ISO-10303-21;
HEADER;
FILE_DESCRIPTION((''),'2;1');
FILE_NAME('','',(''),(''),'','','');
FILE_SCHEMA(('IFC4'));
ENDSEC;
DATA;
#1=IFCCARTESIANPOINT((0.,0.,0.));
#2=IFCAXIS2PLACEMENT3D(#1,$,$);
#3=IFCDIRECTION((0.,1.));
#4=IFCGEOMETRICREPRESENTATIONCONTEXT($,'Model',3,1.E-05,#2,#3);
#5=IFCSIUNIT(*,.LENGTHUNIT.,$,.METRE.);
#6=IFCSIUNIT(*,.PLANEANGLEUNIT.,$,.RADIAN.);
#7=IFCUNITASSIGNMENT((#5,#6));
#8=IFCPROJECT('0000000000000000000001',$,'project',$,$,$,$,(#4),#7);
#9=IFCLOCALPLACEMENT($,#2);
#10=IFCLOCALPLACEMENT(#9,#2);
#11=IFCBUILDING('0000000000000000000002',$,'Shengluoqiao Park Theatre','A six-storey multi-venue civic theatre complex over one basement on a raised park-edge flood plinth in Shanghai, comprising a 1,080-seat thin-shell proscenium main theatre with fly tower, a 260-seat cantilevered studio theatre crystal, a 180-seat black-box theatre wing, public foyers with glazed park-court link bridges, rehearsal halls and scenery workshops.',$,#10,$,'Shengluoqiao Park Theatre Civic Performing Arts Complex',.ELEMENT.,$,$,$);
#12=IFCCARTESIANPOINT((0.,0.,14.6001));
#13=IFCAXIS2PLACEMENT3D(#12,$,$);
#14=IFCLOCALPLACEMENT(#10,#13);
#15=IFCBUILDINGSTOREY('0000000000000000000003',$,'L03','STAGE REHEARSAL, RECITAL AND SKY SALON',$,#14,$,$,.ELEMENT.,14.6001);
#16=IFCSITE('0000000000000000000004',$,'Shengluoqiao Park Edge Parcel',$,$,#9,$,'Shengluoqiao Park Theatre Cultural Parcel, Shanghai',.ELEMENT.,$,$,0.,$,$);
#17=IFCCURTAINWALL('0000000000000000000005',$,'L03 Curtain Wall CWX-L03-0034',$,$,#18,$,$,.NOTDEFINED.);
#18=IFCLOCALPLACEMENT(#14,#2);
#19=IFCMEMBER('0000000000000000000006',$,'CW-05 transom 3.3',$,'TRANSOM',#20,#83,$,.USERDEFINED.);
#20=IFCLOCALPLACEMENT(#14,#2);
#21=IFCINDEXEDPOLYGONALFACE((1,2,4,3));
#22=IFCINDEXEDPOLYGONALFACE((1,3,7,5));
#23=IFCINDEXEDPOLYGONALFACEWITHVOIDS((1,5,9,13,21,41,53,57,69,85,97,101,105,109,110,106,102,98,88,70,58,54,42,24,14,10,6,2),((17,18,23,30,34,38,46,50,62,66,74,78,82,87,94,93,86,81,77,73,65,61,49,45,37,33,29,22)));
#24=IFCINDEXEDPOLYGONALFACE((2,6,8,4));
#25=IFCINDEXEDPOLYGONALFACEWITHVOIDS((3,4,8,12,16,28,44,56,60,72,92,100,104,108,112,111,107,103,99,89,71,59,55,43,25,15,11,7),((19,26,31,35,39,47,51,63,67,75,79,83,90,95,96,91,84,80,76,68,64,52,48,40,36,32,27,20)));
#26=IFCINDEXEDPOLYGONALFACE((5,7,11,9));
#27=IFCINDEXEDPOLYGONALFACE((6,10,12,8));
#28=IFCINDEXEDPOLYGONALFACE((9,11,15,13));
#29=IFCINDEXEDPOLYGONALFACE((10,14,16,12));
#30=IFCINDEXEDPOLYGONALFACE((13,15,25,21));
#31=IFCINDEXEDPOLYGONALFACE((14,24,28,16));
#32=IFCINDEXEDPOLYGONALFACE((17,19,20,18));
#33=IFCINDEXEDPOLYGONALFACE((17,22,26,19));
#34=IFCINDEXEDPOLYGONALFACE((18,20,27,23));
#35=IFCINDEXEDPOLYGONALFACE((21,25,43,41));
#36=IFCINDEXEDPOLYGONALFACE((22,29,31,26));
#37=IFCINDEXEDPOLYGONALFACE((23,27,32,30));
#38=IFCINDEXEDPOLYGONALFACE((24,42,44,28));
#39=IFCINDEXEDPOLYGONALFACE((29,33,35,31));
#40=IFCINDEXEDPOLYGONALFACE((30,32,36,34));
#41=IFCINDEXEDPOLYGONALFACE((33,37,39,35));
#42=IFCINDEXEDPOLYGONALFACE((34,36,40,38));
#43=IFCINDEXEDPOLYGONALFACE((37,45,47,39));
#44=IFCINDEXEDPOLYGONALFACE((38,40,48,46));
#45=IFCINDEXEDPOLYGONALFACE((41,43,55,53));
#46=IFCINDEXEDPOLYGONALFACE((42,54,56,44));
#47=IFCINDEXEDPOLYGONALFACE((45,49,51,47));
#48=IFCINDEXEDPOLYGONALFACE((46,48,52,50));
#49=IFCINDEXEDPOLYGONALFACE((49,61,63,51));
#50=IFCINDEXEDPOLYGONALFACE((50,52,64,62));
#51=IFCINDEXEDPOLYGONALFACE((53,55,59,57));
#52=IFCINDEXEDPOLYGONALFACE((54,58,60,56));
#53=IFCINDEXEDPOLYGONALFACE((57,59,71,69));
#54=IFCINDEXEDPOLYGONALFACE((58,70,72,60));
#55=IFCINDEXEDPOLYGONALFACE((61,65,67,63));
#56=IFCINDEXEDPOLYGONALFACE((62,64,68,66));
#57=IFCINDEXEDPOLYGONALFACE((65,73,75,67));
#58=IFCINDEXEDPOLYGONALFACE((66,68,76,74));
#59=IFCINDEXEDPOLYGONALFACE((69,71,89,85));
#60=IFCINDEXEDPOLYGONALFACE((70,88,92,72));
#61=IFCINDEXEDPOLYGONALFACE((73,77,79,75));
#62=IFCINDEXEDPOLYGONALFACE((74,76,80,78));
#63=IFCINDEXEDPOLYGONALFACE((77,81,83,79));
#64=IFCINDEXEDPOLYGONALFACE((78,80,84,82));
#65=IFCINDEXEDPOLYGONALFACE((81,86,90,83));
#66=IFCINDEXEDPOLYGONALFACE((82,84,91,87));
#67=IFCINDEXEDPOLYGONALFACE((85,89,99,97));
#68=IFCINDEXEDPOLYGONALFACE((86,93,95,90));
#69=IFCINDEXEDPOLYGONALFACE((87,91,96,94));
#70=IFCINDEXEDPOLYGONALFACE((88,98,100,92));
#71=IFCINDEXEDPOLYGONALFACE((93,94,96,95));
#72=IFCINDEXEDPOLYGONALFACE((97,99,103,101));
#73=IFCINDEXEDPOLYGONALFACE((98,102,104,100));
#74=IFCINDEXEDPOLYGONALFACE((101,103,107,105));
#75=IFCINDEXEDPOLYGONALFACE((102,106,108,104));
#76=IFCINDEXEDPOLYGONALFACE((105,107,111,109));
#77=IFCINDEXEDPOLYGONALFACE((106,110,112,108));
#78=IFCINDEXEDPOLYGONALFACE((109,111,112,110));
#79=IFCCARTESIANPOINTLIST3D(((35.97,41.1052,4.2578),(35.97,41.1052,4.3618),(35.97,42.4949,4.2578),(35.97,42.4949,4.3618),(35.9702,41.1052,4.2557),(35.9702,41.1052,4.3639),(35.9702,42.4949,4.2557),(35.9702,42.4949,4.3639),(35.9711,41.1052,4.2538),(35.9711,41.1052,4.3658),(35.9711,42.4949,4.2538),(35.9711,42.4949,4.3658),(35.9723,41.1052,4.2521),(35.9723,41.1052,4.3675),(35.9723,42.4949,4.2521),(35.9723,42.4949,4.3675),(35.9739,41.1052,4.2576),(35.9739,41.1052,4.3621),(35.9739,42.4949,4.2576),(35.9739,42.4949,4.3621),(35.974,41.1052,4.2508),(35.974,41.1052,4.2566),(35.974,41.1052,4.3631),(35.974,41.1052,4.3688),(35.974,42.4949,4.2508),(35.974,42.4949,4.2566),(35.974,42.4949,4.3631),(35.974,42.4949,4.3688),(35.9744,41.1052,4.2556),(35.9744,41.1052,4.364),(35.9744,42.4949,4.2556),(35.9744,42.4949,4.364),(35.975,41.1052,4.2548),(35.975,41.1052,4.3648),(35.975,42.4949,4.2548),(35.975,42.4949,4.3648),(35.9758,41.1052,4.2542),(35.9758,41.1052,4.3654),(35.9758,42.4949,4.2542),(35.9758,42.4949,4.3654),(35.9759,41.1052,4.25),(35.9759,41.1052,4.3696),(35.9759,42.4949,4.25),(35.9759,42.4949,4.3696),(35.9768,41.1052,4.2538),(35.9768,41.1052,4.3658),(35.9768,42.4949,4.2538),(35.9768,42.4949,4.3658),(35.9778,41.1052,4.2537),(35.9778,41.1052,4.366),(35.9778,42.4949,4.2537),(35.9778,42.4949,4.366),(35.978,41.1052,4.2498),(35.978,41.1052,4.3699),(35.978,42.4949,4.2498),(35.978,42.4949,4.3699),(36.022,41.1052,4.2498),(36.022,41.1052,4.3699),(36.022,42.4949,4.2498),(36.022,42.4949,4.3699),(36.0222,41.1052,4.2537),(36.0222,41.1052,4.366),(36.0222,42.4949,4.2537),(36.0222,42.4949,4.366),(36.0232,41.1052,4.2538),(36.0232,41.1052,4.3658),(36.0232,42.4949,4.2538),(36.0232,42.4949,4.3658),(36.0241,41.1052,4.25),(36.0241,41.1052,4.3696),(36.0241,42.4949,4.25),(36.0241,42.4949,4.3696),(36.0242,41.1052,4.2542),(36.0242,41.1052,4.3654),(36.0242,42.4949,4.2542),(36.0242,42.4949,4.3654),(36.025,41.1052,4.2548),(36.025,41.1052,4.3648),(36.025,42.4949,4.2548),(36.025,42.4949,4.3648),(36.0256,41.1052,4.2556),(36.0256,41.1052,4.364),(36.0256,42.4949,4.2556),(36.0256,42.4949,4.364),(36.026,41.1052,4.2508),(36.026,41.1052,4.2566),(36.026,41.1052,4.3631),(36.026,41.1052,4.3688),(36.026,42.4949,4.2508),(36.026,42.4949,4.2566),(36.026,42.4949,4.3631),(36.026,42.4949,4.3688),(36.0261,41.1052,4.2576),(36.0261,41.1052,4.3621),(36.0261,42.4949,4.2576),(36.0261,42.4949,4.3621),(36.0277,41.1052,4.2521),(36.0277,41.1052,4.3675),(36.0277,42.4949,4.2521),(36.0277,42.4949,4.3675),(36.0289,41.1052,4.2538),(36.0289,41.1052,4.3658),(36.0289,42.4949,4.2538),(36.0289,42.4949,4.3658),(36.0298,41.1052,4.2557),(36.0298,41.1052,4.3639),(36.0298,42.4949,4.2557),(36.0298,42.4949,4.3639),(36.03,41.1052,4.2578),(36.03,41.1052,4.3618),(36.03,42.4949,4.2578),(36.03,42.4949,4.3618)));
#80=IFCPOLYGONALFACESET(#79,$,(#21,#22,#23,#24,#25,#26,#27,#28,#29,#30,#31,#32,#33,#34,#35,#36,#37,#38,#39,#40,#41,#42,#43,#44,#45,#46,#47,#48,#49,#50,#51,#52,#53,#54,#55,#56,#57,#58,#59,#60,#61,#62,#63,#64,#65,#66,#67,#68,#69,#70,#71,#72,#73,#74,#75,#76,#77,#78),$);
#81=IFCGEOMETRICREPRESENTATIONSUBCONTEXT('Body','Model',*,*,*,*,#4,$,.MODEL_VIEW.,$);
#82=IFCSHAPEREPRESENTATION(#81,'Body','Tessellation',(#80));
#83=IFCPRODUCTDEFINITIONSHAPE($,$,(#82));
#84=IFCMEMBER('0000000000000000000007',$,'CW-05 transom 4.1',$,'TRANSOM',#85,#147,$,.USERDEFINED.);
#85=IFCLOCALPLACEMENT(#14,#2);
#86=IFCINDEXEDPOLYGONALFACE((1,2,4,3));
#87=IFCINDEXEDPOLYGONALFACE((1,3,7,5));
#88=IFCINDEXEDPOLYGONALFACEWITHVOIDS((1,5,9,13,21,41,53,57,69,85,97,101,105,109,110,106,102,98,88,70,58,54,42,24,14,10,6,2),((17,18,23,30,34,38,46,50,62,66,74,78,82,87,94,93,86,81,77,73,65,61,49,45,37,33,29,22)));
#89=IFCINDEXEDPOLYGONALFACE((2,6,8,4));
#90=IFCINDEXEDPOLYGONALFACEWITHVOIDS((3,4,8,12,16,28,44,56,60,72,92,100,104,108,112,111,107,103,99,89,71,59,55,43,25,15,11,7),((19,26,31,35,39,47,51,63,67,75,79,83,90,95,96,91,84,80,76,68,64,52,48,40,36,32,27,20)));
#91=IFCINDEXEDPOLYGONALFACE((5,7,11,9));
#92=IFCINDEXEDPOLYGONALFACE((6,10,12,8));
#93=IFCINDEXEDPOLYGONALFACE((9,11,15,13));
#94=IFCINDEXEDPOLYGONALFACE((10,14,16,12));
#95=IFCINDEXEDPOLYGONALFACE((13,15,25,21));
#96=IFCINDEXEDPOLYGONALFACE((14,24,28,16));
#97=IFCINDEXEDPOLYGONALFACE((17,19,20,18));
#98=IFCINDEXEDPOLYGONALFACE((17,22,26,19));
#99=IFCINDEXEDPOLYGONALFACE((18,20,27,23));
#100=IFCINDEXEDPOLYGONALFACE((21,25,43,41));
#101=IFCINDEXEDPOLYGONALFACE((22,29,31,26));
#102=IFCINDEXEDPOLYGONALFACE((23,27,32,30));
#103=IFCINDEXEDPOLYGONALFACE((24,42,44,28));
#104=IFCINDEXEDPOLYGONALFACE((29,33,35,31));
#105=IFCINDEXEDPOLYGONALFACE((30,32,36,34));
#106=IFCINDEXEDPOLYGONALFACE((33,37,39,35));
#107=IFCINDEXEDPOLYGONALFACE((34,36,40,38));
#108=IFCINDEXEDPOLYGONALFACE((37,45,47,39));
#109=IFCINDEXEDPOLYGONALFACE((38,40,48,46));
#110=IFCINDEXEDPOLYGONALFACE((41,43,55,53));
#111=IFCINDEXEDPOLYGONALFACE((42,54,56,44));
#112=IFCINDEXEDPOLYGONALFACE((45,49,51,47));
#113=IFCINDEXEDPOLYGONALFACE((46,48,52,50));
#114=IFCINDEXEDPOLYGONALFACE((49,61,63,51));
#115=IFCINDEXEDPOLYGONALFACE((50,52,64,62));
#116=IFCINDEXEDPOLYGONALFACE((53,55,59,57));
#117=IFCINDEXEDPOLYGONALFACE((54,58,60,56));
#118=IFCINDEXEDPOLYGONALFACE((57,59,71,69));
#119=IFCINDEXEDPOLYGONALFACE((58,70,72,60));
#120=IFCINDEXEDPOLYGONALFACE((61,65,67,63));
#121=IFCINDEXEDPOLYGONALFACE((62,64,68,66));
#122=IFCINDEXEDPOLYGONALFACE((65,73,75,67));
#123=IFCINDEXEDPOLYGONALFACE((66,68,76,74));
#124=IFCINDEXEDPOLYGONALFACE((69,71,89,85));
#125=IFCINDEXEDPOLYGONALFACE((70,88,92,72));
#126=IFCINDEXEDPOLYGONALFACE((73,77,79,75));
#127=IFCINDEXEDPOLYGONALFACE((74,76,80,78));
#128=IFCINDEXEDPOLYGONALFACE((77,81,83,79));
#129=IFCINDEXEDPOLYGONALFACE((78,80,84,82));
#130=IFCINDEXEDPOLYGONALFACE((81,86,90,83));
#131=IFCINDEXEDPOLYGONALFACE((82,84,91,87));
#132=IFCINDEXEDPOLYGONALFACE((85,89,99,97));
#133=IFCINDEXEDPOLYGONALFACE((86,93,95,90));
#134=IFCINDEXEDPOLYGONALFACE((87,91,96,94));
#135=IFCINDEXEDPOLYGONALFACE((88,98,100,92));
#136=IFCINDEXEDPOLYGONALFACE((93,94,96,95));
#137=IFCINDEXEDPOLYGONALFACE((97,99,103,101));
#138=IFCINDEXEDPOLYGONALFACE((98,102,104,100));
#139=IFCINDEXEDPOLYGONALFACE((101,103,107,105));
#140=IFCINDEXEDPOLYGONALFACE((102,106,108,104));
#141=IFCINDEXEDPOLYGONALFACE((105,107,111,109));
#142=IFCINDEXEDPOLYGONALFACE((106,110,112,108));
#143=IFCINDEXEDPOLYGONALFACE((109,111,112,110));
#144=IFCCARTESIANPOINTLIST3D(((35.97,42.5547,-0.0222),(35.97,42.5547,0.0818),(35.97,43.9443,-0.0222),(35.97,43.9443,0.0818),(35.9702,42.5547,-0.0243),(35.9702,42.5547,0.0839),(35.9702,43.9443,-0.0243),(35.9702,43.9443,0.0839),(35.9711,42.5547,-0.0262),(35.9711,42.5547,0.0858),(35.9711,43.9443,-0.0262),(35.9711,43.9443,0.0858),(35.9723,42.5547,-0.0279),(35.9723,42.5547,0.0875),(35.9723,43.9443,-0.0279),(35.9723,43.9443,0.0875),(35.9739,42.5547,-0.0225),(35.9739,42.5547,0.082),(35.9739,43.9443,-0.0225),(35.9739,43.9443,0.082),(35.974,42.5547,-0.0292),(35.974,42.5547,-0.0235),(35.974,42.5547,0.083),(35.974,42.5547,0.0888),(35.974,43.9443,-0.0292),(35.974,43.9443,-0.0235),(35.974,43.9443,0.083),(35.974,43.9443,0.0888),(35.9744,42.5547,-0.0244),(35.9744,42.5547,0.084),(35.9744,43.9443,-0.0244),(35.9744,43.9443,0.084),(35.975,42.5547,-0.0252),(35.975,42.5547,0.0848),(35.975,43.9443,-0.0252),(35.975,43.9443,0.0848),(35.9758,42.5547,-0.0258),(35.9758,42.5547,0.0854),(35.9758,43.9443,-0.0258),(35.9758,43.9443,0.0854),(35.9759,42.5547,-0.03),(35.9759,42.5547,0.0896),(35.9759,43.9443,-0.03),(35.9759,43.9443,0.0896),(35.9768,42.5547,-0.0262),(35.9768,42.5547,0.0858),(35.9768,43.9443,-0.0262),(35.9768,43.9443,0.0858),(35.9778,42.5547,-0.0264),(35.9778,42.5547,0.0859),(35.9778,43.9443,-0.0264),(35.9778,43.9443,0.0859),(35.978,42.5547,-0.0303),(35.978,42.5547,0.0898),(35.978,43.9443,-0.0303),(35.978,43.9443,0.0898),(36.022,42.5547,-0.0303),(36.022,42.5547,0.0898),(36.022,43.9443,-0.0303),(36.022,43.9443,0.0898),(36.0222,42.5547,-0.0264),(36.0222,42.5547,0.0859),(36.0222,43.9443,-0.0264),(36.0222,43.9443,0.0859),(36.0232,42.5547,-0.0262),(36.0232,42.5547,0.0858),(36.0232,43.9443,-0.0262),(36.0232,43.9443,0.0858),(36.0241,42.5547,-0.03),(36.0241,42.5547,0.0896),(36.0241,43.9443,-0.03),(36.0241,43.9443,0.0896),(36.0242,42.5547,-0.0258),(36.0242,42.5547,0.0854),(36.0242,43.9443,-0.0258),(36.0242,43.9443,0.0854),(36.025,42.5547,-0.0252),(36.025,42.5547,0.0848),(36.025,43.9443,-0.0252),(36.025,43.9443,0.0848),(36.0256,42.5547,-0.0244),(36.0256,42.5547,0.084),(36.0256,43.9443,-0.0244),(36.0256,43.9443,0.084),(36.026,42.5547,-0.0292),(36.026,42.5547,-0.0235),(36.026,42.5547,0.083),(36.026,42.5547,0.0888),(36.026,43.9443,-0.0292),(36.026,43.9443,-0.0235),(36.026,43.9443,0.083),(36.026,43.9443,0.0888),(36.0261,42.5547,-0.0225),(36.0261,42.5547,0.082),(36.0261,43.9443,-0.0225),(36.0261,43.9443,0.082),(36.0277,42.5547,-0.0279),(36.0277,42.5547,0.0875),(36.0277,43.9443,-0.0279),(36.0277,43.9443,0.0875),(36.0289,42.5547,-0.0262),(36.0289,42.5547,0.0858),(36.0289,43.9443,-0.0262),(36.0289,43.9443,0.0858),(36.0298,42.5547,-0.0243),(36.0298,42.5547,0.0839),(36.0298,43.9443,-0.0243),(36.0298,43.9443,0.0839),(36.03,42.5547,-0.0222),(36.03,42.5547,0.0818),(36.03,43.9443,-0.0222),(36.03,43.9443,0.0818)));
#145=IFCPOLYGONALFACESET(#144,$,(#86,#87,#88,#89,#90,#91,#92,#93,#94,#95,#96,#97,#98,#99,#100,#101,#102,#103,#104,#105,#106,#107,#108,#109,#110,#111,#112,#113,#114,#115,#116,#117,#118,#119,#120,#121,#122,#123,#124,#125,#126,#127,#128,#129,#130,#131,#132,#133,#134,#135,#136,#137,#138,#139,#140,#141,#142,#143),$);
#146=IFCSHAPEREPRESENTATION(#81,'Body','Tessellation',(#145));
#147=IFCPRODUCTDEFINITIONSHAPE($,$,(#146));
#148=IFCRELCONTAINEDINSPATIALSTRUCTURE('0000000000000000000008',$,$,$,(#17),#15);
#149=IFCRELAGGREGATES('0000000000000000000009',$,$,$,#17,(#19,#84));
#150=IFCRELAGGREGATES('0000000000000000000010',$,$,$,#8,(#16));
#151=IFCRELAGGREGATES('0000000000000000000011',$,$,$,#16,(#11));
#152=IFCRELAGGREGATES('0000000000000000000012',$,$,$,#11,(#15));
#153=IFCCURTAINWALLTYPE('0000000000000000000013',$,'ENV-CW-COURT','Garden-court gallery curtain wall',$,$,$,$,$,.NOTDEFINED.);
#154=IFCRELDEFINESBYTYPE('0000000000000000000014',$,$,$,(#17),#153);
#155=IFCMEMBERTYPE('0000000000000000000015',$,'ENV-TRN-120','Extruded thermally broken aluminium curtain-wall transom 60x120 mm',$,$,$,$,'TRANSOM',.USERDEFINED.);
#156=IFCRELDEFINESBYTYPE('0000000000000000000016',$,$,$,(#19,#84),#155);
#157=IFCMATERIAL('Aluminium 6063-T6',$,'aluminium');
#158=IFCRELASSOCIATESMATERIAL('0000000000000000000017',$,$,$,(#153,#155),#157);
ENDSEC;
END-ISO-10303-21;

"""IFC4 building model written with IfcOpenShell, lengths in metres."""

from ifc_helpers import new_model, si_unit, direction, frame, origin, origin_2d, place, context, subcontext, project, spatial, hollow_rectangle, extrude, material, material_profile, profile_set, type_object, element, aggregate, save


model = new_model("IFC4")

# Units and contexts
model_context = context("Model", 3, precision=1e-05, world=origin(), true_north=direction((0.0, 1.0)))
body_context = subcontext(model_context, "Body", "Model", "MODEL_VIEW")
ifc_project = project(units=[si_unit("LENGTHUNIT", "METRE"), si_unit("PLANEANGLEUNIT", "RADIAN")], contexts=[model_context])

# Site, building, storey
site_placement = place(None, origin())
site = spatial("IfcSite", under=ifc_project, at=site_placement, Name="Shengluoqiao Park Edge Parcel", LongName="Shengluoqiao Park Theatre Cultural Parcel, Shanghai", CompositionType="ELEMENT", RefElevation=0.0)
building_placement = place(site_placement, origin())
building = spatial("IfcBuilding", under=site, at=building_placement, Name="Shengluoqiao Park Theatre", Description="A six-storey multi-venue civic theatre complex over one basement on a raised park-edge flood plinth in Shanghai, comprising a 1,080-seat thin-shell proscenium main theatre with fly tower, a 260-seat cantilevered studio theatre crystal, a 180-seat black-box theatre wing, public foyers with glazed park-court link bridges, rehearsal halls and scenery workshops.", LongName="Shengluoqiao Park Theatre Civic Performing Arts Complex", CompositionType="ELEMENT")
storey_placement = place(building_placement, frame((0.0, 0.0, 14.6001)))
storey = spatial("IfcBuildingStorey", under=building, at=storey_placement, Name="L03", Description="STAGE REHEARSAL, RECITAL AND SKY SALON", CompositionType="ELEMENT", Elevation=14.6001)

# Curtain wall, members
ifc_material_1 = material(Name="Aluminium 6063-T6", Category="aluminium")
curtain_wall_type = type_object("IfcCurtainWallType", Name="ENV-CW-COURT", Description="Garden-court gallery curtain wall", PredefinedType="NOTDEFINED", material=ifc_material_1)
curtain_wall_placement = place(storey_placement, origin())
curtain_wall = element("IfcCurtainWall", 1, at=curtain_wall_placement, inside=storey, type_object=curtain_wall_type, Name="L03 Curtain Wall CWX-L03-0034", PredefinedType="NOTDEFINED")
ifc_material_profile_1 = material_profile(ifc_material_1, hollow_rectangle(XDim=0.0601, YDim=0.1201, WallThickness=0.0039, InnerFilletRadius=0.0039, OuterFilletRadius=0.0081, at=origin_2d()), Name="ALU TRANSOM 120x60x4")
ifc_profile_set_1 = profile_set([ifc_material_profile_1], Name="Aluminium 6063-T6")
member_type_1 = type_object("IfcMemberType", Name="ENV-TRN-120", Description="Extruded thermally broken aluminium curtain-wall transom 60x120 mm", ElementType="TRANSOM", PredefinedType="USERDEFINED", material=ifc_profile_set_1)
member_1_placement = place(storey_placement, frame((36.0, 41.1052, 4.3098), z_axis=(0.0, 1.0, 0.0), x_axis=(-1.0, 0.0, 0.0)))
member_1 = element("IfcMember", 2, at=member_1_placement, type_object=member_type_1, Name="CW-05 transom 3.3", ObjectType="TRANSOM", PredefinedType="USERDEFINED", context=body_context, shape_type="SweptSolid", body=[
    extrude(hollow_rectangle(XDim=0.0601, YDim=0.1201, WallThickness=0.0039, InnerFilletRadius=0.0039, OuterFilletRadius=0.0081, at=origin_2d()), origin(), (0.0, 0.0, 1.0), 1.3896),
])
member_2_placement = place(storey_placement, frame((36.0, 42.5547, 0.0298), z_axis=(0.0, 1.0, 0.0), x_axis=(-1.0, 0.0, 0.0)))
member_2 = element("IfcMember", 3, at=member_2_placement, type_object=member_type_1, Name="CW-05 transom 4.1", ObjectType="TRANSOM", PredefinedType="USERDEFINED", context=body_context, shape_type="SweptSolid", body=[
    extrude(hollow_rectangle(XDim=0.0601, YDim=0.1201, WallThickness=0.0039, InnerFilletRadius=0.0039, OuterFilletRadius=0.0081, at=origin_2d()), origin(), (0.0, 0.0, 1.0), 1.3896),
])

aggregate(curtain_wall, [member_1, member_2])

save(model, "model.ifc")
